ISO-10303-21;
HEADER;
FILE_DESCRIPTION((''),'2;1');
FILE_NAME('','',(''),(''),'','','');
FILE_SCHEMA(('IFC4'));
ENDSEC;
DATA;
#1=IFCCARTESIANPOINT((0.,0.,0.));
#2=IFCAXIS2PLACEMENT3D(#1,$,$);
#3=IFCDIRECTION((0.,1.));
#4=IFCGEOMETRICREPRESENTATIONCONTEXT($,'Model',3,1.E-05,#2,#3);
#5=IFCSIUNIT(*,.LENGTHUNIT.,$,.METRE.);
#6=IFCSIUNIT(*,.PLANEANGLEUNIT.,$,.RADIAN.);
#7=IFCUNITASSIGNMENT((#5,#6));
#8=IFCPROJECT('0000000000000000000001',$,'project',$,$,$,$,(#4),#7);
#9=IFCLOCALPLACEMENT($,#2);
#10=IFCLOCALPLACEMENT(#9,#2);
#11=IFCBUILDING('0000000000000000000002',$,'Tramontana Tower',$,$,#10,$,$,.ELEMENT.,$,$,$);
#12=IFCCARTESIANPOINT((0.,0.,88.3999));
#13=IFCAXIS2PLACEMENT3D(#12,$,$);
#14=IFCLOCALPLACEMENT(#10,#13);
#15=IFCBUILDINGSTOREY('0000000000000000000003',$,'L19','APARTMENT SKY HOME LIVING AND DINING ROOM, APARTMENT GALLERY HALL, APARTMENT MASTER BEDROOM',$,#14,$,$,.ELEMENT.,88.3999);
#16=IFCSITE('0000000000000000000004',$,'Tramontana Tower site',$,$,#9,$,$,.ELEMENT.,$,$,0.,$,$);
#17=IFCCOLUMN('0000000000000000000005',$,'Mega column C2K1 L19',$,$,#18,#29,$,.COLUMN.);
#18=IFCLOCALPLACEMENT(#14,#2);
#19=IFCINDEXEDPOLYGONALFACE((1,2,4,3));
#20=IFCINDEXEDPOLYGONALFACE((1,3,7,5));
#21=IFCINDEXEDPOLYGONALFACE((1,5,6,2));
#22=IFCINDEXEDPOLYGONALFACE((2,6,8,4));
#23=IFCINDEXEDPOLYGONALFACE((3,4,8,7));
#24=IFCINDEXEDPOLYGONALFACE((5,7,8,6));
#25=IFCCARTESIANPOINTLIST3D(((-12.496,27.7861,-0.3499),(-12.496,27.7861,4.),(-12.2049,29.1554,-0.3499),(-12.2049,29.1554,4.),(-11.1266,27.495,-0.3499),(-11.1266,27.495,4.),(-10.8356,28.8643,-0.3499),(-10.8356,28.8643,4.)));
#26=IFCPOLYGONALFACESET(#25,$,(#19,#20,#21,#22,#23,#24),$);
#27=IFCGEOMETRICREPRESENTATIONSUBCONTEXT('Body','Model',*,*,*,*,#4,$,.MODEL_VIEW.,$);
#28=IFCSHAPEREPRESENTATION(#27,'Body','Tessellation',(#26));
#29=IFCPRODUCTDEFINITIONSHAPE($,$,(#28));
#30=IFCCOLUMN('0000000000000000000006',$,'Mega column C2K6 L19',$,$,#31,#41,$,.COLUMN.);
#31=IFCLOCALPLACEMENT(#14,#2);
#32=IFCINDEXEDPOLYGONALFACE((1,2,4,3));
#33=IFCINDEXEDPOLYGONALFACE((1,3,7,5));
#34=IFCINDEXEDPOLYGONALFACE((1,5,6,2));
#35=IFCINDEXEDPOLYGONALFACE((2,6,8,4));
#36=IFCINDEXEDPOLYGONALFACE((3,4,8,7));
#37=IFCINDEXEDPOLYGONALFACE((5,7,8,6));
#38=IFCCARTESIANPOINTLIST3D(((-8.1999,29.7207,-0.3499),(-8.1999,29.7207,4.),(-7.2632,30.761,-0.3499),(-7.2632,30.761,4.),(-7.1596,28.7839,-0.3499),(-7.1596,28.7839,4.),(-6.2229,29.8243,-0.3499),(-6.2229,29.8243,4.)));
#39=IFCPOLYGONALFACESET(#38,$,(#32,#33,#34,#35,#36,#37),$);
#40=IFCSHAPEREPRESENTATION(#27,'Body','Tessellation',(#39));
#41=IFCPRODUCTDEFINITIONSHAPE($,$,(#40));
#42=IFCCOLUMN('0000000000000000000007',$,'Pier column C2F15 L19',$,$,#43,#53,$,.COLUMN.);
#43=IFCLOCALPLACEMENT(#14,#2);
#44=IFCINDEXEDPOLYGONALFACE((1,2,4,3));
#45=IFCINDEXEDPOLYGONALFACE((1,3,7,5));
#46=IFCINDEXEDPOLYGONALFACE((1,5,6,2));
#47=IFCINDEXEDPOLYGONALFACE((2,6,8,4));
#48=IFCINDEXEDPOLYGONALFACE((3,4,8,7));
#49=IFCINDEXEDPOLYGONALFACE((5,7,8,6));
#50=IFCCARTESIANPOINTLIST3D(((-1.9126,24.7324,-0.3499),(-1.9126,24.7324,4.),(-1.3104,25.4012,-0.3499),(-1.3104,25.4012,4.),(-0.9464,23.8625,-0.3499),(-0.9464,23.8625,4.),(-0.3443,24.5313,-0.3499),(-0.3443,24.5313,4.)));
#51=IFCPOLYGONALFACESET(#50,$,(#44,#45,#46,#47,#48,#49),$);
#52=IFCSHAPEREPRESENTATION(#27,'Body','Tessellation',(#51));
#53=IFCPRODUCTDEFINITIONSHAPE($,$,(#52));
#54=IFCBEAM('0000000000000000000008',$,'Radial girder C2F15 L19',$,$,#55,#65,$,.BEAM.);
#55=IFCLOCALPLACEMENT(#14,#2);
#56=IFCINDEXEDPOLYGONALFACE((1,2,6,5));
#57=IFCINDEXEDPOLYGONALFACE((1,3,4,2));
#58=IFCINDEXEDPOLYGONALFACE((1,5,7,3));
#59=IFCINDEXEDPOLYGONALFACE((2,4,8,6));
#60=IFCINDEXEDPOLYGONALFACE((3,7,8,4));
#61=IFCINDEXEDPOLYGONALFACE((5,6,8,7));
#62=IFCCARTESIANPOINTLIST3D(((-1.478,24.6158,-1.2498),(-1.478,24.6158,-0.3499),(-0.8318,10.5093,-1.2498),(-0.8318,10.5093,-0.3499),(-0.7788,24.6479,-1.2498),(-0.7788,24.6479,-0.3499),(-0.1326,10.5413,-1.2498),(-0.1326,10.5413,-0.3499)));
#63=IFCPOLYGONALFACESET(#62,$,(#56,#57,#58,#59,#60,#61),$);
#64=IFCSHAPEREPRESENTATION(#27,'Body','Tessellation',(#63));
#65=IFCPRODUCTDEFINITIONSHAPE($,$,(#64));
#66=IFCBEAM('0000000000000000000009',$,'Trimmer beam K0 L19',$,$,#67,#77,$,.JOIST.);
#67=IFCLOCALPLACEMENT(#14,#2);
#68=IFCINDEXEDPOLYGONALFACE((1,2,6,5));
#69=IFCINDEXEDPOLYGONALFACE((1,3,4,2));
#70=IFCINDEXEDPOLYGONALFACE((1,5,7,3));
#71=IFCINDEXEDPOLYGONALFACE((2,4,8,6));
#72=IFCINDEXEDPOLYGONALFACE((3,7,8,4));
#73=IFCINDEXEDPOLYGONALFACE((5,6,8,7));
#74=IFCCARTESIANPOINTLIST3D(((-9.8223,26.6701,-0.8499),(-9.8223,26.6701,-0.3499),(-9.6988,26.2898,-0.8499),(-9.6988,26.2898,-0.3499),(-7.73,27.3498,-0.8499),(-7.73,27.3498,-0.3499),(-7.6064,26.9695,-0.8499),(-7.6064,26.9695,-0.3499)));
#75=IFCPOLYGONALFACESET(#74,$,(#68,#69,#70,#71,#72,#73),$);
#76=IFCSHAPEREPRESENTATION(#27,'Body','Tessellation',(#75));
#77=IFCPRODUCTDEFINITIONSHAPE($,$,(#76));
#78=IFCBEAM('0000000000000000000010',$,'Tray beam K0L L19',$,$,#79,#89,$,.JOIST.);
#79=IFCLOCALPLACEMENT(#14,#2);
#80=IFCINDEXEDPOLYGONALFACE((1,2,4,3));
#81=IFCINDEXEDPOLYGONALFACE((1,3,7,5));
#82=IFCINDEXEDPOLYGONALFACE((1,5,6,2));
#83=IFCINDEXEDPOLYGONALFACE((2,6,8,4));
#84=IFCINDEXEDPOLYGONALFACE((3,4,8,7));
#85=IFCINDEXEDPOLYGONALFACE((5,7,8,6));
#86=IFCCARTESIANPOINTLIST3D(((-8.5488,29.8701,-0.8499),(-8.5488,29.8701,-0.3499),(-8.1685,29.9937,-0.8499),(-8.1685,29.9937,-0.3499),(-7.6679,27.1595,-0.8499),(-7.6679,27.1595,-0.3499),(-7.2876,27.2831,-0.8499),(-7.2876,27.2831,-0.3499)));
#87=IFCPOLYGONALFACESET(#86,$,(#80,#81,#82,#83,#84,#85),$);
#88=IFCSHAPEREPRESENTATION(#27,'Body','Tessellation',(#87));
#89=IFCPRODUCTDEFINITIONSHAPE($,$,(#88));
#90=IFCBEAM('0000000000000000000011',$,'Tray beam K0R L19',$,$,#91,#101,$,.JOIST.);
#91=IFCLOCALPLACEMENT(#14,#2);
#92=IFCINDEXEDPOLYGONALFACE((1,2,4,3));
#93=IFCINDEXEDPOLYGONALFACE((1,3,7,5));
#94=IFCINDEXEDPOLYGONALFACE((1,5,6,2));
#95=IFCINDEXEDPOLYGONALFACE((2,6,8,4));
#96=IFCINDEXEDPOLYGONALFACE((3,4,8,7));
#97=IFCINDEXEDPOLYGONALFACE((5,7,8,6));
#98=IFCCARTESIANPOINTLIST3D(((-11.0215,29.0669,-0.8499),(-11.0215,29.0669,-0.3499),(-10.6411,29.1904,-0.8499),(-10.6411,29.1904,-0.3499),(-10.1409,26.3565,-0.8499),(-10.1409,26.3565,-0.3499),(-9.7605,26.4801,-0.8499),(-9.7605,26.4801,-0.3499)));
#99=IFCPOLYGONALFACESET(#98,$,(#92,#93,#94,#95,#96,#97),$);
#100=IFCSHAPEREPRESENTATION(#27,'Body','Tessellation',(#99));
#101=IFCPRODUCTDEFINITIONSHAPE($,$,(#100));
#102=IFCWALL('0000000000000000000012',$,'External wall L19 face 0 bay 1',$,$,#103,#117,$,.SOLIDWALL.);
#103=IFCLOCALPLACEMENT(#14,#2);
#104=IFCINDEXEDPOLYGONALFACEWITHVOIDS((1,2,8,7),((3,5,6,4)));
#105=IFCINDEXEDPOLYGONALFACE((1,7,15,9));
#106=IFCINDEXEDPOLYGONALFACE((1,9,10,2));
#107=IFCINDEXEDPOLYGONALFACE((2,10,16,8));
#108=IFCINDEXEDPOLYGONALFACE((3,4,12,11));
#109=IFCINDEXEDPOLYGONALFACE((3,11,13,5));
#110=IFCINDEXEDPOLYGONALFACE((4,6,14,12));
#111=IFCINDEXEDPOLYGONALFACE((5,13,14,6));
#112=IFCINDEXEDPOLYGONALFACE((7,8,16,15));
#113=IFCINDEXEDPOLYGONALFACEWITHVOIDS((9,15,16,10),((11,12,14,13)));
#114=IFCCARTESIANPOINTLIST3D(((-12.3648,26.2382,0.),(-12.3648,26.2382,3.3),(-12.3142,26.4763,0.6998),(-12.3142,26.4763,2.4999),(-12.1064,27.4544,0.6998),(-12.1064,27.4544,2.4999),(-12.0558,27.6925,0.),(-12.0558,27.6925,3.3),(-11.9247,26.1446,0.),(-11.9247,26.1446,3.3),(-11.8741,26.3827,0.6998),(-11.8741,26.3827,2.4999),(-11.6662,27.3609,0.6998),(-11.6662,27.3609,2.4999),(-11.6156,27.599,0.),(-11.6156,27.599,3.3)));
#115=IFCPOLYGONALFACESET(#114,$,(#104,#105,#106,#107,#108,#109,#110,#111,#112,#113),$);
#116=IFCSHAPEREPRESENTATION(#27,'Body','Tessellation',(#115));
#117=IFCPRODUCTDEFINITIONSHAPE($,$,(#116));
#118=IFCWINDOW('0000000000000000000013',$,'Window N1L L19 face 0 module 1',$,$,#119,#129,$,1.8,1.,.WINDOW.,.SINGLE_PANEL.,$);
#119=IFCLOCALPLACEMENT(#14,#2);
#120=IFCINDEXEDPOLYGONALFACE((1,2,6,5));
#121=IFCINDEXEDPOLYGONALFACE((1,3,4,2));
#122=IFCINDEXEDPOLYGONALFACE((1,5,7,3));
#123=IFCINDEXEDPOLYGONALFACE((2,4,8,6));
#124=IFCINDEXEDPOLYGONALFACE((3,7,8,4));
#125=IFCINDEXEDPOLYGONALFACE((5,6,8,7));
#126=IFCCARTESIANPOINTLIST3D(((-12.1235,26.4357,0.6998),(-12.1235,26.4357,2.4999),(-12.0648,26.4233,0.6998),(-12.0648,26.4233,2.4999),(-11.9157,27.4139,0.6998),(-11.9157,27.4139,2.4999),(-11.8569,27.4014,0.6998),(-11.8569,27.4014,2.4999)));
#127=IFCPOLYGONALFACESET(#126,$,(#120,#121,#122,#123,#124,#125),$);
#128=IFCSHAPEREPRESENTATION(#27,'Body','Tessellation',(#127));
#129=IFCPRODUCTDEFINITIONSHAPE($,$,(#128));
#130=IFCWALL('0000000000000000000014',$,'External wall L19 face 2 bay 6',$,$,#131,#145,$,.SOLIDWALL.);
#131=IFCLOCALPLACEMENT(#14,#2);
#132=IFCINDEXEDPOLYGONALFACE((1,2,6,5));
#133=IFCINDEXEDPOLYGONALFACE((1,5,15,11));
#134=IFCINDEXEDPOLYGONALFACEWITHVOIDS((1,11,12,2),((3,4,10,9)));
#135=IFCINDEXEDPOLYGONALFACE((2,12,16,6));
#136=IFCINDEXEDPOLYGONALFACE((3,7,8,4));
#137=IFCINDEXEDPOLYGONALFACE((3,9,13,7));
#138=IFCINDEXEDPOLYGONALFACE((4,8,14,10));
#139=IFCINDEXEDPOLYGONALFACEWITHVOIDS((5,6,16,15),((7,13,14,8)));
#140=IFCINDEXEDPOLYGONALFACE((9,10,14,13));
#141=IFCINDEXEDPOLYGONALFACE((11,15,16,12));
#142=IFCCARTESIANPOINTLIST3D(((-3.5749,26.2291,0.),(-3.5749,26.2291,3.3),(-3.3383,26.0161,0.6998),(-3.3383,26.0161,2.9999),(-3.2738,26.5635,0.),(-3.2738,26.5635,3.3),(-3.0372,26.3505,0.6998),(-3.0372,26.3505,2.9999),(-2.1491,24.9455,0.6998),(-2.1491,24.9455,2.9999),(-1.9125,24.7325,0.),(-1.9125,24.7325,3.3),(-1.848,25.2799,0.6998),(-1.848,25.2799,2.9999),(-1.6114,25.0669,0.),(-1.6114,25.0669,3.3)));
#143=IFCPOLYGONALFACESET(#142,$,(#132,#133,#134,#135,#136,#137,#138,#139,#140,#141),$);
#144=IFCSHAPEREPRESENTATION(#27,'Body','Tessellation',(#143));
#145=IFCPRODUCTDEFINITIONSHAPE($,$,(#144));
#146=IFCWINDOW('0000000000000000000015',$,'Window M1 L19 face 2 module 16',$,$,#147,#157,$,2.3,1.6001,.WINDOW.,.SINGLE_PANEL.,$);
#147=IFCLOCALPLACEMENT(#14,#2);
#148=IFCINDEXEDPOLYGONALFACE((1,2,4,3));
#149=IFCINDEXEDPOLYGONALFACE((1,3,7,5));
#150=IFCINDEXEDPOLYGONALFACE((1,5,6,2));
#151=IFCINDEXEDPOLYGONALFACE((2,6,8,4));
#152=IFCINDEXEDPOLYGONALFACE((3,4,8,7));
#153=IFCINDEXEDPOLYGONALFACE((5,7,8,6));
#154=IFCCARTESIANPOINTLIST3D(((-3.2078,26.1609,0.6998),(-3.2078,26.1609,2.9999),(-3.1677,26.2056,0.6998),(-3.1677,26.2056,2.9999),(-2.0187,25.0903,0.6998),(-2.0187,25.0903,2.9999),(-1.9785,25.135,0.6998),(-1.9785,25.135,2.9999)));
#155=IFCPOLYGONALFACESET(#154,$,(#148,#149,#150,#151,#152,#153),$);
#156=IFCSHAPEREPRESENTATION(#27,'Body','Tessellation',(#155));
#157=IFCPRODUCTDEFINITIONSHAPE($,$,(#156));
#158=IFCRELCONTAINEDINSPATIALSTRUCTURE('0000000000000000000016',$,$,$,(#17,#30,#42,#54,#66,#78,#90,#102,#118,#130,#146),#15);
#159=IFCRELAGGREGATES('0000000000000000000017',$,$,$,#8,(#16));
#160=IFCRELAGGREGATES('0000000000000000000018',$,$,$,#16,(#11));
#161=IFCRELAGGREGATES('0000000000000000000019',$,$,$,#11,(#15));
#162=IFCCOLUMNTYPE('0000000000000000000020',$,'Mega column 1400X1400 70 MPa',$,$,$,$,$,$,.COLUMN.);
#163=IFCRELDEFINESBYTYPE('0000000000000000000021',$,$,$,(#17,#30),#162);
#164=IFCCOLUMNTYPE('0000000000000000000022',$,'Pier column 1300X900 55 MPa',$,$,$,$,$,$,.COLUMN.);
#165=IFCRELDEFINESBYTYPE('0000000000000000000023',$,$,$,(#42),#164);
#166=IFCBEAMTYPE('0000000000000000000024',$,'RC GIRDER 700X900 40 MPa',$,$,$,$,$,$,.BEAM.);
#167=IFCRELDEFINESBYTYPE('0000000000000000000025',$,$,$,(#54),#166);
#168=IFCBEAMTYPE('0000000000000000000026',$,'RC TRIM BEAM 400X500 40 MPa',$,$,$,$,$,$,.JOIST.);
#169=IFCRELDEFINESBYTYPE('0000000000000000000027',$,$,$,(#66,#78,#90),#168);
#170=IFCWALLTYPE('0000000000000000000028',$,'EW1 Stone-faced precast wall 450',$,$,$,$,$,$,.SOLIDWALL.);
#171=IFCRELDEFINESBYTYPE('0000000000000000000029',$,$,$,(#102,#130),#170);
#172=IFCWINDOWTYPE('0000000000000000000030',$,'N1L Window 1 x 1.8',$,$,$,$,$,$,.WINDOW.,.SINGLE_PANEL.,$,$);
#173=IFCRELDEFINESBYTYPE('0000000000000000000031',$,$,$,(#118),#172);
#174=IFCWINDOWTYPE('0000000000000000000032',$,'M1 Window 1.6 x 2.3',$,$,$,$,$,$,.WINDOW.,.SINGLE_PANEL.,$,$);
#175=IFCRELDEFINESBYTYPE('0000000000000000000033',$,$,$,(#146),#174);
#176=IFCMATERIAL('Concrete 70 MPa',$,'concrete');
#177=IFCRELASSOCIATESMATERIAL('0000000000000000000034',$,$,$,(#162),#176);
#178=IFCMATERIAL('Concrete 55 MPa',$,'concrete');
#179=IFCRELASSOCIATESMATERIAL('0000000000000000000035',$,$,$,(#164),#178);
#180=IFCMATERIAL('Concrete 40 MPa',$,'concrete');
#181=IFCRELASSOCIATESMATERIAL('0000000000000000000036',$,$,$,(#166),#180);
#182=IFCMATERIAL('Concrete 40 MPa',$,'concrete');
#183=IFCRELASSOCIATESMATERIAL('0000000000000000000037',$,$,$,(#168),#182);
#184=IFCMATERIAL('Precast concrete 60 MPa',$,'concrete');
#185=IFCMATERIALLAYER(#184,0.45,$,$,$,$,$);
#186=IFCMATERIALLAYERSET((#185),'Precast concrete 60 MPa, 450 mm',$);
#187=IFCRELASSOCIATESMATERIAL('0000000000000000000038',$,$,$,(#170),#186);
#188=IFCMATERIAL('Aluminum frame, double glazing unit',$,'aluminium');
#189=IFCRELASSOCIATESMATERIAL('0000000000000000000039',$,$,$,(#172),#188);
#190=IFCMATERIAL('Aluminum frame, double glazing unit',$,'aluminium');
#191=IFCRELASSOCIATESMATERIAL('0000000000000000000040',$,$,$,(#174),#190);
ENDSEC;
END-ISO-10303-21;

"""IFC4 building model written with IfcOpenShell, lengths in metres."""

from ifc_helpers import new_model, si_unit, direction, frame, frame_2d, origin, origin_2d, place, context, subcontext, project, spatial, rectangle, extrude, material, layer, layer_set, material_profile, profile_set, type_object, element, fill, save


model = new_model("IFC4")

# Units and contexts
model_context = context("Model", 3, precision=1e-05, world=origin(), true_north=direction((0.0, 1.0)))
body_context = subcontext(model_context, "Body", "Model", "MODEL_VIEW")
ifc_project = project(units=[si_unit("LENGTHUNIT", "METRE"), si_unit("PLANEANGLEUNIT", "RADIAN")], contexts=[model_context])

# Site, building, storey
site_placement = place(None, origin())
site = spatial("IfcSite", under=ifc_project, at=site_placement, Name="Tramontana Tower site", CompositionType="ELEMENT", RefElevation=0.0)
building_placement = place(site_placement, origin())
building = spatial("IfcBuilding", under=site, at=building_placement, Name="Tramontana Tower", CompositionType="ELEMENT")
storey_placement = place(building_placement, frame((0.0, 0.0, 88.3999)))
storey = spatial("IfcBuildingStorey", under=building, at=storey_placement, Name="L19", Description="APARTMENT SKY HOME LIVING AND DINING ROOM, APARTMENT GALLERY HALL, APARTMENT MASTER BEDROOM", CompositionType="ELEMENT", Elevation=88.3999)

# Columns
ifc_material_1 = material(Name="Concrete 70 MPa", Category="concrete")
ifc_material_profile_1 = material_profile(ifc_material_1, rectangle(XDim=1.3999, YDim=1.3999, at=origin_2d()), Name="Mega column 1400X1400 70 MPa")
ifc_profile_set_1 = profile_set([ifc_material_profile_1], Name="Concrete 70 MPa")
column_type_1 = type_object("IfcColumnType", Name="Mega column 1400X1400 70 MPa", PredefinedType="COLUMN", material=ifc_profile_set_1)
for number, where, z_axis, x_axis, name in (
    (1, (-11.6658, 28.3252, -0.3499), (0.0, 0.0, 1.0), (-0.207912, -0.978148, 0.0), "Mega column C2K1 L19"),
    (2, (-7.2114, 29.7725, -0.3499), (0.0, 0.0, 1.0), (-0.743145, 0.669131, 0.0), "Mega column C2K6 L19"),
):
    element("IfcColumn", number, at=place(storey_placement, frame(where, z_axis=z_axis, x_axis=x_axis)), inside=storey, type_object=column_type_1, Name=name, PredefinedType="COLUMN", context=body_context, shape_type="SweptSolid", body=[
        extrude(rectangle(XDim=1.3999, YDim=1.3999, at=origin_2d()), origin(), (0.0, 0.0, 1.0), 4.3499),
    ])
ifc_material_2 = material(Name="Concrete 55 MPa", Category="concrete")
ifc_material_profile_2 = material_profile(ifc_material_2, rectangle(XDim=1.3, YDim=0.8999, at=origin_2d()), Name="Pier column 1300X900 55 MPa")
ifc_profile_set_2 = profile_set([ifc_material_profile_2], Name="Concrete 55 MPa")
column_type_2 = type_object("IfcColumnType", Name="Pier column 1300X900 55 MPa", PredefinedType="COLUMN", material=ifc_profile_set_2)
column_placement = place(storey_placement, frame((-1.1284, 24.6318, -0.3499), z_axis=(0.0, 0.0, 1.0), x_axis=(-0.743145, 0.669131, 0.0)))
element("IfcColumn", 3, at=column_placement, inside=storey, type_object=column_type_2, Name="Pier column C2F15 L19", PredefinedType="COLUMN", context=body_context, shape_type="SweptSolid", body=[
    extrude(rectangle(XDim=1.3, YDim=0.8999, at=origin_2d()), origin(), (0.0, 0.0, 1.0), 4.3499),
])

# Beams
ifc_material_3 = material(Name="Concrete 40 MPa", Category="concrete")
ifc_material_profile_3 = material_profile(ifc_material_3, rectangle(XDim=0.7, YDim=0.8999, at=origin_2d()), Name="RC GIRDER 700X900 40 MPa")
ifc_profile_set_3 = profile_set([ifc_material_profile_3], Name="Concrete 40 MPa")
beam_type_1 = type_object("IfcBeamType", Name="RC GIRDER 700X900 40 MPa", PredefinedType="BEAM", material=ifc_profile_set_3)
beam_1_placement = place(storey_placement, frame((-1.1284, 24.6318, -0.7998), z_axis=(0.045764, -0.998952, 0.0), x_axis=(0.998952, 0.045764, 0.0)))
element("IfcBeam", 4, at=beam_1_placement, inside=storey, type_object=beam_type_1, Name="Radial girder C2F15 L19", PredefinedType="BEAM", context=body_context, shape_type="SweptSolid", body=[
    extrude(rectangle(XDim=0.7, YDim=0.8999, at=origin_2d()), origin(), (0.0, 0.0, 1.0), 14.1213),
])
ifc_material_4 = material(Name="Concrete 40 MPa", Category="concrete")
ifc_material_profile_4 = material_profile(ifc_material_4, rectangle(XDim=0.3999, YDim=0.5, at=origin_2d()), Name="RC TRIM BEAM 400X500 40 MPa")
ifc_profile_set_4 = profile_set([ifc_material_profile_4], Name="Concrete 40 MPa")
beam_type_2 = type_object("IfcBeamType", Name="RC TRIM BEAM 400X500 40 MPa", PredefinedType="JOIST", material=ifc_profile_set_4)
beam_2_placement = place(storey_placement, frame((-7.6682, 27.1597, -0.5999), z_axis=(-0.951075, -0.308961, 0.0), x_axis=(0.308961, -0.951075, 0.0)))
element("IfcBeam", 5, at=beam_2_placement, inside=storey, type_object=beam_type_2, Name="Trimmer beam K0 L19", PredefinedType="JOIST", context=body_context, shape_type="SweptSolid", body=[
    extrude(rectangle(XDim=0.3999, YDim=0.5, at=origin_2d()), origin(), (0.0, 0.0, 1.0), 2.2),
])
beam_3_placement = place(storey_placement, frame((-8.3586, 29.9319, -0.5999), z_axis=(0.309074, -0.951038, 0.0), x_axis=(0.951038, 0.309074, 0.0)))
element("IfcBeam", 6, at=beam_3_placement, inside=storey, type_object=beam_type_2, Name="Tray beam K0L L19", PredefinedType="JOIST", context=body_context, shape_type="SweptSolid", body=[
    extrude(rectangle(XDim=0.3999, YDim=0.5, at=origin_2d()), origin(), (0.0, 0.0, 1.0), 2.8501),
])
beam_4_placement = place(storey_placement, frame((-10.8313, 29.1287, -0.5999), z_axis=(0.308997, -0.951063, 0.0), x_axis=(0.951063, 0.308997, 0.0)))
element("IfcBeam", 7, at=beam_4_placement, inside=storey, type_object=beam_type_2, Name="Tray beam K0R L19", PredefinedType="JOIST", context=body_context, shape_type="SweptSolid", body=[
    extrude(rectangle(XDim=0.3999, YDim=0.5, at=origin_2d()), origin(), (0.0, 0.0, 1.0), 2.8499),
])

# Walls, openings, windows
ifc_material_5 = material(Name="Precast concrete 60 MPa", Category="concrete")
ifc_layer_1 = layer(ifc_material_5, 0.45)
ifc_layer_set_1 = layer_set([ifc_layer_1], Name="Precast concrete 60 MPa, 450 mm")
wall_type_1 = type_object("IfcWallType", Name="EW1 Stone-faced precast wall 450", PredefinedType="SOLIDWALL", material=ifc_layer_set_1)
wall_1_placement = place(storey_placement, frame((-11.8357, 27.6458, 0.0), z_axis=(0.0, 0.0, 1.0), x_axis=(-0.20788, -0.978154, 0.0)))
wall_1 = element("IfcWall", 8, at=wall_1_placement, inside=storey, type_object=wall_type_1, Name="External wall L19 face 0 bay 1", PredefinedType="SOLIDWALL", context=body_context, shape_type="SweptSolid", body=[
    extrude(rectangle(XDim=1.4868, YDim=0.45, at=frame_2d((0.7434, 0.0))), origin(), (0.0, 0.0, 1.0), 3.3),
])
opening_1_placement = place(wall_1_placement, frame((0.2434, 0.0, 0.7)))
opening_1 = element("IfcOpeningElement", 9, at=opening_1_placement, cuts=wall_1, PredefinedType="OPENING", context=body_context, shape_type="SweptSolid", body=[
    extrude(rectangle(XDim=1.0, YDim=1.8, at=frame_2d((0.5, 0.8999))), frame((0.0, 0.2349, 0.0), z_axis=(0.0, -1.0, 0.0), x_axis=(1.0, 0.0, 0.0)), (0.0, 0.0, 1.0), 0.47),
])
ifc_material_6 = material(Name="Aluminum frame, double glazing unit", Category="aluminium")
window_type_1 = type_object("IfcWindowType", Name="N1L Window 1 x 1.8", PartitioningType="SINGLE_PANEL", PredefinedType="WINDOW", material=ifc_material_6)
window_1_placement = place(opening_1_placement, origin())
window_1 = element("IfcWindow", 10, at=window_1_placement, inside=storey, type_object=window_type_1, Name="Window N1L L19 face 0 module 1", OverallHeight=1.8, OverallWidth=1.0, PartitioningType="SINGLE_PANEL", PredefinedType="WINDOW", context=body_context, shape_type="SweptSolid", body=[
    extrude(rectangle(XDim=1.0, YDim=1.8, at=frame_2d((0.5, 0.8999))), frame((0.0, 0.03, 0.0), z_axis=(0.0, -1.0, 0.0), x_axis=(1.0, 0.0, 0.0)), (0.0, 0.0, 1.0), 0.0601),
])
fill(opening_1, window_1)
wall_2_placement = place(storey_placement, frame((-1.762, 24.8997, 0.0), z_axis=(0.0, 0.0, 1.0), x_axis=(-0.743191, 0.669079, 0.0)))
wall_2 = element("IfcWall", 11, at=wall_2_placement, inside=storey, type_object=wall_type_1, Name="External wall L19 face 2 bay 6", PredefinedType="SOLIDWALL", context=body_context, shape_type="SweptSolid", body=[
    extrude(rectangle(XDim=2.2368, YDim=0.45, at=frame_2d((1.1184, 0.0))), origin(), (0.0, 0.0, 1.0), 3.3),
])
opening_2_placement = place(wall_2_placement, frame((0.3184, 0.0, 0.7)))
opening_2 = element("IfcOpeningElement", 12, at=opening_2_placement, cuts=wall_2, PredefinedType="OPENING", context=body_context, shape_type="SweptSolid", body=[
    extrude(rectangle(XDim=1.6001, YDim=2.3, at=frame_2d((0.8, 1.1499))), frame((0.0, 0.2349, 0.0), z_axis=(0.0, -1.0, 0.0), x_axis=(1.0, 0.0, 0.0)), (0.0, 0.0, 1.0), 0.47),
])
ifc_material_7 = material(Name="Aluminum frame, double glazing unit", Category="aluminium")
window_type_2 = type_object("IfcWindowType", Name="M1 Window 1.6 x 2.3", PartitioningType="SINGLE_PANEL", PredefinedType="WINDOW", material=ifc_material_7)
window_2_placement = place(opening_2_placement, origin())
window_2 = element("IfcWindow", 13, at=window_2_placement, inside=storey, type_object=window_type_2, Name="Window M1 L19 face 2 module 16", OverallHeight=2.3, OverallWidth=1.6001, PartitioningType="SINGLE_PANEL", PredefinedType="WINDOW", context=body_context, shape_type="SweptSolid", body=[
    extrude(rectangle(XDim=1.6001, YDim=2.3, at=frame_2d((0.8, 1.1499))), frame((0.0, 0.03, 0.0), z_axis=(0.0, -1.0, 0.0), x_axis=(1.0, 0.0, 0.0)), (0.0, 0.0, 1.0), 0.0601),
])
fill(opening_2, window_2)

save(model, "model.ifc")
